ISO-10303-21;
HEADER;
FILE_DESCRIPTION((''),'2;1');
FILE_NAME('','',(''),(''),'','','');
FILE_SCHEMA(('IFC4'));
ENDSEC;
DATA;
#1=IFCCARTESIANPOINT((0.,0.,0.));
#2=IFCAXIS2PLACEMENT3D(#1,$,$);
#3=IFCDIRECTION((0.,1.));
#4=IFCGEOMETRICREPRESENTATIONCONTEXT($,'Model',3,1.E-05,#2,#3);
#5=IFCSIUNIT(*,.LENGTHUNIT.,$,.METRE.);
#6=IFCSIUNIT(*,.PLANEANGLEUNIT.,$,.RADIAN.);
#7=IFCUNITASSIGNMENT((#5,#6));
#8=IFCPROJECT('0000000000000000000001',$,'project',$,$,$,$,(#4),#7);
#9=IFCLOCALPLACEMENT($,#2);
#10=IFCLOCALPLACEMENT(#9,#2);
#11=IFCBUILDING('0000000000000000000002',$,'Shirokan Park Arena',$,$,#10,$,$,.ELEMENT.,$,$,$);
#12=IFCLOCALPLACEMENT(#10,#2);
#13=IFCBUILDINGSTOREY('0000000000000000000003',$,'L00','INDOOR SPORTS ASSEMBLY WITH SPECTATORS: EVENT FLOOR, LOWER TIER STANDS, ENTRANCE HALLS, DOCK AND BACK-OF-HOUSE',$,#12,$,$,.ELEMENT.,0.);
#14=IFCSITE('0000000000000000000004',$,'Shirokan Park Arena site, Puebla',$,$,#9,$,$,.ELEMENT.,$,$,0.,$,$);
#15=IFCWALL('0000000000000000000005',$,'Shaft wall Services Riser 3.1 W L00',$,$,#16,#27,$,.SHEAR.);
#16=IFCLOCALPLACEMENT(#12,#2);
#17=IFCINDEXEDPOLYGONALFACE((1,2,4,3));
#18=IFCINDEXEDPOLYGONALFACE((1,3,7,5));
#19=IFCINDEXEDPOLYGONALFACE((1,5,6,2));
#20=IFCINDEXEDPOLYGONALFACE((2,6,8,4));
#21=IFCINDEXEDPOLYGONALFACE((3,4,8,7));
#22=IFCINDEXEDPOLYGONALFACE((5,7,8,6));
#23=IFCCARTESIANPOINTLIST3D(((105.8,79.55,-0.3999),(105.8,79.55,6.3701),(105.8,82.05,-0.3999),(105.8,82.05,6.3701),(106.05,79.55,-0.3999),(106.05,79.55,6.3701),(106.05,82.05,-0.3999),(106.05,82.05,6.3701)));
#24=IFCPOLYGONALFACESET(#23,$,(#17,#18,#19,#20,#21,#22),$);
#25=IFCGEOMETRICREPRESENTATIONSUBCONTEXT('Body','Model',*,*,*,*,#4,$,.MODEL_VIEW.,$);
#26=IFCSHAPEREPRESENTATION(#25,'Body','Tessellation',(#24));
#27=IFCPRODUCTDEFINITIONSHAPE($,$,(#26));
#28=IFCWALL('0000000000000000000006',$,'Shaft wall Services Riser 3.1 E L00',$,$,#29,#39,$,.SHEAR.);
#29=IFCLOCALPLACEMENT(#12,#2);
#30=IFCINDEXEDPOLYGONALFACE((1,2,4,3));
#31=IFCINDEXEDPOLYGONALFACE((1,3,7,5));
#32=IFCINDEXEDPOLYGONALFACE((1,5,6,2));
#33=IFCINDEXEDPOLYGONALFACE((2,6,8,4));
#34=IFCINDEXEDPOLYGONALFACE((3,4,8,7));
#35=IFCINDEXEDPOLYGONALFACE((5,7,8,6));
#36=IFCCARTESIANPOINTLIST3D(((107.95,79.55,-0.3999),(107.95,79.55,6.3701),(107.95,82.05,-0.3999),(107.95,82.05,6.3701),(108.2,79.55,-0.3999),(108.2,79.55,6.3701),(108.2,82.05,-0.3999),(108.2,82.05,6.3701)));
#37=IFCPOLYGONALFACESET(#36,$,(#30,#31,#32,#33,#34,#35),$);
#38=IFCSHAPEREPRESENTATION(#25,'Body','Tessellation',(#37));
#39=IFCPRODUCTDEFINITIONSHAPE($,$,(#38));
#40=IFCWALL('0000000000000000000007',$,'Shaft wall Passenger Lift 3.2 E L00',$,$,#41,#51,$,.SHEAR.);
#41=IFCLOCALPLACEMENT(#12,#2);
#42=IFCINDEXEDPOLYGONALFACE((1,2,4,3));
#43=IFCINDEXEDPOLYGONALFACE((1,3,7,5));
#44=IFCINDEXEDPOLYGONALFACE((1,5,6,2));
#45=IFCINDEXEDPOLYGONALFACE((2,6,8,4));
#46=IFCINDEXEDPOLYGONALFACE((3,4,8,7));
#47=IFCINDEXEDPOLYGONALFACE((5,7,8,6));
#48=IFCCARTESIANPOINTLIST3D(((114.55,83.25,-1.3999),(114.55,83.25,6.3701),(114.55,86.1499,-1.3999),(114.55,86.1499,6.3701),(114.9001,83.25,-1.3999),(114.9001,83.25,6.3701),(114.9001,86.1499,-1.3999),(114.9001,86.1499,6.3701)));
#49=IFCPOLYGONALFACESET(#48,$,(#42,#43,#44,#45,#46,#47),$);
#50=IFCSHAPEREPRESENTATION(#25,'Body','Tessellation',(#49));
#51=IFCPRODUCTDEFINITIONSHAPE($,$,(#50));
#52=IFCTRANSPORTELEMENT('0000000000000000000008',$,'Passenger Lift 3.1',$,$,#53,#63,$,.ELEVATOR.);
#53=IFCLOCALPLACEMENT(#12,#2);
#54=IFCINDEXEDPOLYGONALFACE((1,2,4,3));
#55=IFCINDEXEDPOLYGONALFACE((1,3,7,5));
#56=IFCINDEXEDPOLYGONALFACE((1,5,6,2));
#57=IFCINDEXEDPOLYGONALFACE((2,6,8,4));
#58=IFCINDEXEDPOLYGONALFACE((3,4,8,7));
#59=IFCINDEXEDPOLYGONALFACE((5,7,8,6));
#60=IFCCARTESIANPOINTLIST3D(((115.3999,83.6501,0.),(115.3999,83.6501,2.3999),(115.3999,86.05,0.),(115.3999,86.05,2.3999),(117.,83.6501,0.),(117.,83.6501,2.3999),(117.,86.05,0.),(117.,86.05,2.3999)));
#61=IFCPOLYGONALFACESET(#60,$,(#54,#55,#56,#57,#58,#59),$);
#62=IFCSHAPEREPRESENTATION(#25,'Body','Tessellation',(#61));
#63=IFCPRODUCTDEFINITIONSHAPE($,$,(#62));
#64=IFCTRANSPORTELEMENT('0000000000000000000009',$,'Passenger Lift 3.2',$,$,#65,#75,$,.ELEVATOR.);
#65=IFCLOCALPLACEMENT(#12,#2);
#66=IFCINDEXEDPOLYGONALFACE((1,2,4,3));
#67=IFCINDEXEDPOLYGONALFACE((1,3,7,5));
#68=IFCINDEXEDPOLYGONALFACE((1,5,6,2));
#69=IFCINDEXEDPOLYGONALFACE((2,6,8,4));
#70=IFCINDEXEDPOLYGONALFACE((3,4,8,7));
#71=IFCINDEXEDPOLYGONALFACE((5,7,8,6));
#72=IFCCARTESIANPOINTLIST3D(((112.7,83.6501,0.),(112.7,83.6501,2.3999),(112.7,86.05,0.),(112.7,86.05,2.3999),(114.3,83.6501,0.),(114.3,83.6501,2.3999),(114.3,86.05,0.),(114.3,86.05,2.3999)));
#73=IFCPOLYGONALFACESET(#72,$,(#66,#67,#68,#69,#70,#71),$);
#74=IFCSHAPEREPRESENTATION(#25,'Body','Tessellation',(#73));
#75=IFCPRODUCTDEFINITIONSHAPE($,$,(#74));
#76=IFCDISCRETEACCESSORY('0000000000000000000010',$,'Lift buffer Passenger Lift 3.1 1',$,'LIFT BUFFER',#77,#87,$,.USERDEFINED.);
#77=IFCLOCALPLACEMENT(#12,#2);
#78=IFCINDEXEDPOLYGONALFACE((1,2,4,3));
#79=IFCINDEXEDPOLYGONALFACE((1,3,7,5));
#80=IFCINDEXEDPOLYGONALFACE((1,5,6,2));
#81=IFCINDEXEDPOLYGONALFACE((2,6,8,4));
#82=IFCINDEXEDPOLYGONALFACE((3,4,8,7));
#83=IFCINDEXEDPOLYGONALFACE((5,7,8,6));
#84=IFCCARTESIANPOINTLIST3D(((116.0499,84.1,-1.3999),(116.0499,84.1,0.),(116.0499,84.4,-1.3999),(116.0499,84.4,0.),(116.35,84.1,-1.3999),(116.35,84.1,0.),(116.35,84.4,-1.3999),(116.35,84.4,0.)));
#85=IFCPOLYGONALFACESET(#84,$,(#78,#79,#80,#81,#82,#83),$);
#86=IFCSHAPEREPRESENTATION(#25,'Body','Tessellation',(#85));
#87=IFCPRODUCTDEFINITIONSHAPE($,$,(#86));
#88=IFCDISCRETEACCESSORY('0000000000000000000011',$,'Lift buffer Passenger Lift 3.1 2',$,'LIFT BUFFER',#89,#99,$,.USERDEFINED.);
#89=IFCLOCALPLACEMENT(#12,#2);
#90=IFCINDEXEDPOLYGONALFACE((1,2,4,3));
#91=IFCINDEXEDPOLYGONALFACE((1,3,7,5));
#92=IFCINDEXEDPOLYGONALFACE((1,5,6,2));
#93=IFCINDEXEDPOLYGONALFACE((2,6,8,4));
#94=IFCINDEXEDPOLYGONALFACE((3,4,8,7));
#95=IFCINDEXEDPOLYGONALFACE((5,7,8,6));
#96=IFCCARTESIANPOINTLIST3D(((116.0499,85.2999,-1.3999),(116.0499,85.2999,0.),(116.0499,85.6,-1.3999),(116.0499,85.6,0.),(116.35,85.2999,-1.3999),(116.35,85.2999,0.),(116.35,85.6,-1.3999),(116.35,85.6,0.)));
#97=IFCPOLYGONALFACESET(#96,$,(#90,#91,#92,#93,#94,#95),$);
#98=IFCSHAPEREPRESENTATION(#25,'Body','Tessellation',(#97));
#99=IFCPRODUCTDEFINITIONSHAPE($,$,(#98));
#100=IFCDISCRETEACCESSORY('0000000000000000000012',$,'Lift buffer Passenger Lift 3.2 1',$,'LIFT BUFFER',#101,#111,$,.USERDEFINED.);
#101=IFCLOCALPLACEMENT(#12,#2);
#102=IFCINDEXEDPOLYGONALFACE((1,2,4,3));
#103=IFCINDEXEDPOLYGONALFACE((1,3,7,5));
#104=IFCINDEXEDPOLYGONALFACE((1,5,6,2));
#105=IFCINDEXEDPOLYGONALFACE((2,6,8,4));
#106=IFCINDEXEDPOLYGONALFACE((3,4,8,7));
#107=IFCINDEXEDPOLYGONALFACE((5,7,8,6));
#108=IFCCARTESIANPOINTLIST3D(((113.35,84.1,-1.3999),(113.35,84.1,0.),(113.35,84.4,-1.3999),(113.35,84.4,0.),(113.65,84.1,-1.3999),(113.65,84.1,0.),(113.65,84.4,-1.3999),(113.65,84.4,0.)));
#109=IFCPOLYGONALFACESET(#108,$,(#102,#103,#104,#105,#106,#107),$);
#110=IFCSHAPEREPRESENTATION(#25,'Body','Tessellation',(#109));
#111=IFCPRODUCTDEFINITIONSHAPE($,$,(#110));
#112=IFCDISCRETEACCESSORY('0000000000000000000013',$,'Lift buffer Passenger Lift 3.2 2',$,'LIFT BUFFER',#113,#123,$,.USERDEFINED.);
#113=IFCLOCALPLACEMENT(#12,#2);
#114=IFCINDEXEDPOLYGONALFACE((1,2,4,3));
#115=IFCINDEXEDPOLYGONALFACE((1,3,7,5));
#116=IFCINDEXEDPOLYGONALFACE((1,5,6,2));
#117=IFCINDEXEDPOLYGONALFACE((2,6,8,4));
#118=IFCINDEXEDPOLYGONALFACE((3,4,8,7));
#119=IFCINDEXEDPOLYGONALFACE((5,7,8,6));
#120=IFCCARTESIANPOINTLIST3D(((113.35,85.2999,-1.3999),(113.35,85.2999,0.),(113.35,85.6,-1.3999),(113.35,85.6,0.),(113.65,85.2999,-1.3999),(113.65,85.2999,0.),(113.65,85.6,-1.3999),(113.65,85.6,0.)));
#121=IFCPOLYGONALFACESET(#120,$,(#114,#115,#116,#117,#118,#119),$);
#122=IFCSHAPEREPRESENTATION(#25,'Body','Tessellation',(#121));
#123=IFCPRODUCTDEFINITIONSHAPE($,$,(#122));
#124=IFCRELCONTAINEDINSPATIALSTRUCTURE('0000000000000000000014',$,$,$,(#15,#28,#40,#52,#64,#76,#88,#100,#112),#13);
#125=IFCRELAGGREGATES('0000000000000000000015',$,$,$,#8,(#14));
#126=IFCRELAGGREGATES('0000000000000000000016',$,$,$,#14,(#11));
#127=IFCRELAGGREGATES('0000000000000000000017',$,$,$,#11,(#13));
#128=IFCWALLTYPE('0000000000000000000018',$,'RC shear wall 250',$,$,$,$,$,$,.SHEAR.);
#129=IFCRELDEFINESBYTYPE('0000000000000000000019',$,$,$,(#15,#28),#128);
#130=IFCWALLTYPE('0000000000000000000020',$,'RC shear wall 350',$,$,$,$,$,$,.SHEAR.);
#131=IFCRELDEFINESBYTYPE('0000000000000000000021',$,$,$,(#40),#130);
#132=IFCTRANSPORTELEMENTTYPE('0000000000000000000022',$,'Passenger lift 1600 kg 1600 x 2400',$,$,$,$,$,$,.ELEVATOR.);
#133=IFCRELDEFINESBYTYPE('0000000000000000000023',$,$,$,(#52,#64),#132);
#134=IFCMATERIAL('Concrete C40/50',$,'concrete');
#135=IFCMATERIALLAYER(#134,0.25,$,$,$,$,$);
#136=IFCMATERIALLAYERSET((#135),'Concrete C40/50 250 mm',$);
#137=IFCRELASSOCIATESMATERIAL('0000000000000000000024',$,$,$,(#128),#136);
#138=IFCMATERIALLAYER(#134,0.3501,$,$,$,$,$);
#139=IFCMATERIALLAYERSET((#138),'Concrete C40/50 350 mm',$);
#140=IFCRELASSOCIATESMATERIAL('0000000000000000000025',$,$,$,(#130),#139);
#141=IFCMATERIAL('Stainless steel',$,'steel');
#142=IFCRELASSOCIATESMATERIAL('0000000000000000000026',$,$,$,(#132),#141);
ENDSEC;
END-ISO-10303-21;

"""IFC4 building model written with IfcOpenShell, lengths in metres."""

from ifc_helpers import new_model, si_unit, direction, frame, frame_2d, origin, origin_2d, place, context, subcontext, project, spatial, rectangle, extrude, material, layer, layer_set, type_object, element, save


model = new_model("IFC4")

# Units and contexts
model_context = context("Model", 3, precision=1e-05, world=origin(), true_north=direction((0.0, 1.0)))
body_context = subcontext(model_context, "Body", "Model", "MODEL_VIEW")
ifc_project = project(units=[si_unit("LENGTHUNIT", "METRE"), si_unit("PLANEANGLEUNIT", "RADIAN")], contexts=[model_context])

# Site, building, storey
site_placement = place(None, origin())
site = spatial("IfcSite", under=ifc_project, at=site_placement, Name="Shirokan Park Arena site, Puebla", CompositionType="ELEMENT", RefElevation=0.0)
building_placement = place(site_placement, origin())
building = spatial("IfcBuilding", under=site, at=building_placement, Name="Shirokan Park Arena", CompositionType="ELEMENT")
storey_placement = place(building_placement, origin())
storey = spatial("IfcBuildingStorey", under=building, at=storey_placement, Name="L00", Description="INDOOR SPORTS ASSEMBLY WITH SPECTATORS: EVENT FLOOR, LOWER TIER STANDS, ENTRANCE HALLS, DOCK AND BACK-OF-HOUSE", CompositionType="ELEMENT", Elevation=0.0)

# Walls
ifc_material_1 = material(Name="Concrete C40/50", Category="concrete")
ifc_layer_1 = layer(ifc_material_1, 0.25)
ifc_layer_set_1 = layer_set([ifc_layer_1], Name="Concrete C40/50 250 mm")
wall_type_1 = type_object("IfcWallType", Name="RC shear wall 250", PredefinedType="SHEAR", material=ifc_layer_set_1)
for number, where, z_axis, x_axis, name in (
    (1, (105.925, 82.05, -0.3999), (0.0, 0.0, 1.0), (0.0, -1.0, 0.0), "Shaft wall Services Riser 3.1 W L00"),
    (2, (108.075, 82.05, -0.3999), (0.0, 0.0, 1.0), (0.0, -1.0, 0.0), "Shaft wall Services Riser 3.1 E L00"),
):
    element("IfcWall", number, at=place(storey_placement, frame(where, z_axis=z_axis, x_axis=x_axis)), inside=storey, type_object=wall_type_1, Name=name, PredefinedType="SHEAR", context=body_context, shape_type="SweptSolid", body=[
        extrude(rectangle(XDim=2.5, YDim=0.25, at=frame_2d((1.25, 0.0))), origin(), (0.0, 0.0, 1.0), 6.77),
    ])
ifc_layer_2 = layer(ifc_material_1, 0.3501)
ifc_layer_set_2 = layer_set([ifc_layer_2], Name="Concrete C40/50 350 mm")
wall_type_2 = type_object("IfcWallType", Name="RC shear wall 350", PredefinedType="SHEAR", material=ifc_layer_set_2)
wall_1_placement = place(storey_placement, frame((114.7251, 86.1499, -1.3999), z_axis=(0.0, 0.0, 1.0), x_axis=(0.0, -1.0, 0.0)))
element("IfcWall", 3, at=wall_1_placement, inside=storey, type_object=wall_type_2, Name="Shaft wall Passenger Lift 3.2 E L00", PredefinedType="SHEAR", context=body_context, shape_type="SweptSolid", body=[
    extrude(rectangle(XDim=2.8999, YDim=0.3501, at=frame_2d((1.45, 0.0))), origin(), (0.0, 0.0, 1.0), 7.77),
])

# Transport elements
ifc_material_2 = material(Name="Stainless steel", Category="steel")
transport_element_type = type_object("IfcTransportElementType", Name="Passenger lift 1600 kg 1600 x 2400", PredefinedType="ELEVATOR", material=ifc_material_2)
for number, where, z_axis, x_axis, name in (
    (4, (116.2, 84.8501, 0.0), (0.0, 0.0, 1.0), (1.0, 0.0, 0.0), "Passenger Lift 3.1"),
    (5, (113.5, 84.8501, 0.0), (0.0, 0.0, 1.0), (1.0, 0.0, 0.0), "Passenger Lift 3.2"),
):
    element("IfcTransportElement", number, at=place(storey_placement, frame(where, z_axis=z_axis, x_axis=x_axis)), inside=storey, type_object=transport_element_type, Name=name, PredefinedType="ELEVATOR", context=body_context, shape_type="SweptSolid", body=[
        extrude(rectangle(XDim=1.6001, YDim=2.3999, at=origin_2d()), origin(), (0.0, 0.0, 1.0), 2.3999),
    ])

# Discrete accessories
for number, where, z_axis, x_axis, name in (
    (6, (116.2, 84.25, -1.3999), (0.0, 0.0, 1.0), (1.0, 0.0, 0.0), "Lift buffer Passenger Lift 3.1 1"),
    (7, (116.2, 85.45, -1.3999), (0.0, 0.0, 1.0), (1.0, 0.0, 0.0), "Lift buffer Passenger Lift 3.1 2"),
    (8, (113.5, 84.25, -1.3999), (0.0, 0.0, 1.0), (1.0, 0.0, 0.0), "Lift buffer Passenger Lift 3.2 1"),
    (9, (113.5, 85.45, -1.3999), (0.0, 0.0, 1.0), (1.0, 0.0, 0.0), "Lift buffer Passenger Lift 3.2 2"),
):
    element("IfcDiscreteAccessory", number, at=place(storey_placement, frame(where, z_axis=z_axis, x_axis=x_axis)), inside=storey, Name=name, ObjectType="LIFT BUFFER", PredefinedType="USERDEFINED", context=body_context, shape_type="SweptSolid", body=[
        extrude(rectangle(XDim=0.3, YDim=0.3, at=origin_2d()), origin(), (0.0, 0.0, 1.0), 1.3999),
    ])

save(model, "model.ifc")
